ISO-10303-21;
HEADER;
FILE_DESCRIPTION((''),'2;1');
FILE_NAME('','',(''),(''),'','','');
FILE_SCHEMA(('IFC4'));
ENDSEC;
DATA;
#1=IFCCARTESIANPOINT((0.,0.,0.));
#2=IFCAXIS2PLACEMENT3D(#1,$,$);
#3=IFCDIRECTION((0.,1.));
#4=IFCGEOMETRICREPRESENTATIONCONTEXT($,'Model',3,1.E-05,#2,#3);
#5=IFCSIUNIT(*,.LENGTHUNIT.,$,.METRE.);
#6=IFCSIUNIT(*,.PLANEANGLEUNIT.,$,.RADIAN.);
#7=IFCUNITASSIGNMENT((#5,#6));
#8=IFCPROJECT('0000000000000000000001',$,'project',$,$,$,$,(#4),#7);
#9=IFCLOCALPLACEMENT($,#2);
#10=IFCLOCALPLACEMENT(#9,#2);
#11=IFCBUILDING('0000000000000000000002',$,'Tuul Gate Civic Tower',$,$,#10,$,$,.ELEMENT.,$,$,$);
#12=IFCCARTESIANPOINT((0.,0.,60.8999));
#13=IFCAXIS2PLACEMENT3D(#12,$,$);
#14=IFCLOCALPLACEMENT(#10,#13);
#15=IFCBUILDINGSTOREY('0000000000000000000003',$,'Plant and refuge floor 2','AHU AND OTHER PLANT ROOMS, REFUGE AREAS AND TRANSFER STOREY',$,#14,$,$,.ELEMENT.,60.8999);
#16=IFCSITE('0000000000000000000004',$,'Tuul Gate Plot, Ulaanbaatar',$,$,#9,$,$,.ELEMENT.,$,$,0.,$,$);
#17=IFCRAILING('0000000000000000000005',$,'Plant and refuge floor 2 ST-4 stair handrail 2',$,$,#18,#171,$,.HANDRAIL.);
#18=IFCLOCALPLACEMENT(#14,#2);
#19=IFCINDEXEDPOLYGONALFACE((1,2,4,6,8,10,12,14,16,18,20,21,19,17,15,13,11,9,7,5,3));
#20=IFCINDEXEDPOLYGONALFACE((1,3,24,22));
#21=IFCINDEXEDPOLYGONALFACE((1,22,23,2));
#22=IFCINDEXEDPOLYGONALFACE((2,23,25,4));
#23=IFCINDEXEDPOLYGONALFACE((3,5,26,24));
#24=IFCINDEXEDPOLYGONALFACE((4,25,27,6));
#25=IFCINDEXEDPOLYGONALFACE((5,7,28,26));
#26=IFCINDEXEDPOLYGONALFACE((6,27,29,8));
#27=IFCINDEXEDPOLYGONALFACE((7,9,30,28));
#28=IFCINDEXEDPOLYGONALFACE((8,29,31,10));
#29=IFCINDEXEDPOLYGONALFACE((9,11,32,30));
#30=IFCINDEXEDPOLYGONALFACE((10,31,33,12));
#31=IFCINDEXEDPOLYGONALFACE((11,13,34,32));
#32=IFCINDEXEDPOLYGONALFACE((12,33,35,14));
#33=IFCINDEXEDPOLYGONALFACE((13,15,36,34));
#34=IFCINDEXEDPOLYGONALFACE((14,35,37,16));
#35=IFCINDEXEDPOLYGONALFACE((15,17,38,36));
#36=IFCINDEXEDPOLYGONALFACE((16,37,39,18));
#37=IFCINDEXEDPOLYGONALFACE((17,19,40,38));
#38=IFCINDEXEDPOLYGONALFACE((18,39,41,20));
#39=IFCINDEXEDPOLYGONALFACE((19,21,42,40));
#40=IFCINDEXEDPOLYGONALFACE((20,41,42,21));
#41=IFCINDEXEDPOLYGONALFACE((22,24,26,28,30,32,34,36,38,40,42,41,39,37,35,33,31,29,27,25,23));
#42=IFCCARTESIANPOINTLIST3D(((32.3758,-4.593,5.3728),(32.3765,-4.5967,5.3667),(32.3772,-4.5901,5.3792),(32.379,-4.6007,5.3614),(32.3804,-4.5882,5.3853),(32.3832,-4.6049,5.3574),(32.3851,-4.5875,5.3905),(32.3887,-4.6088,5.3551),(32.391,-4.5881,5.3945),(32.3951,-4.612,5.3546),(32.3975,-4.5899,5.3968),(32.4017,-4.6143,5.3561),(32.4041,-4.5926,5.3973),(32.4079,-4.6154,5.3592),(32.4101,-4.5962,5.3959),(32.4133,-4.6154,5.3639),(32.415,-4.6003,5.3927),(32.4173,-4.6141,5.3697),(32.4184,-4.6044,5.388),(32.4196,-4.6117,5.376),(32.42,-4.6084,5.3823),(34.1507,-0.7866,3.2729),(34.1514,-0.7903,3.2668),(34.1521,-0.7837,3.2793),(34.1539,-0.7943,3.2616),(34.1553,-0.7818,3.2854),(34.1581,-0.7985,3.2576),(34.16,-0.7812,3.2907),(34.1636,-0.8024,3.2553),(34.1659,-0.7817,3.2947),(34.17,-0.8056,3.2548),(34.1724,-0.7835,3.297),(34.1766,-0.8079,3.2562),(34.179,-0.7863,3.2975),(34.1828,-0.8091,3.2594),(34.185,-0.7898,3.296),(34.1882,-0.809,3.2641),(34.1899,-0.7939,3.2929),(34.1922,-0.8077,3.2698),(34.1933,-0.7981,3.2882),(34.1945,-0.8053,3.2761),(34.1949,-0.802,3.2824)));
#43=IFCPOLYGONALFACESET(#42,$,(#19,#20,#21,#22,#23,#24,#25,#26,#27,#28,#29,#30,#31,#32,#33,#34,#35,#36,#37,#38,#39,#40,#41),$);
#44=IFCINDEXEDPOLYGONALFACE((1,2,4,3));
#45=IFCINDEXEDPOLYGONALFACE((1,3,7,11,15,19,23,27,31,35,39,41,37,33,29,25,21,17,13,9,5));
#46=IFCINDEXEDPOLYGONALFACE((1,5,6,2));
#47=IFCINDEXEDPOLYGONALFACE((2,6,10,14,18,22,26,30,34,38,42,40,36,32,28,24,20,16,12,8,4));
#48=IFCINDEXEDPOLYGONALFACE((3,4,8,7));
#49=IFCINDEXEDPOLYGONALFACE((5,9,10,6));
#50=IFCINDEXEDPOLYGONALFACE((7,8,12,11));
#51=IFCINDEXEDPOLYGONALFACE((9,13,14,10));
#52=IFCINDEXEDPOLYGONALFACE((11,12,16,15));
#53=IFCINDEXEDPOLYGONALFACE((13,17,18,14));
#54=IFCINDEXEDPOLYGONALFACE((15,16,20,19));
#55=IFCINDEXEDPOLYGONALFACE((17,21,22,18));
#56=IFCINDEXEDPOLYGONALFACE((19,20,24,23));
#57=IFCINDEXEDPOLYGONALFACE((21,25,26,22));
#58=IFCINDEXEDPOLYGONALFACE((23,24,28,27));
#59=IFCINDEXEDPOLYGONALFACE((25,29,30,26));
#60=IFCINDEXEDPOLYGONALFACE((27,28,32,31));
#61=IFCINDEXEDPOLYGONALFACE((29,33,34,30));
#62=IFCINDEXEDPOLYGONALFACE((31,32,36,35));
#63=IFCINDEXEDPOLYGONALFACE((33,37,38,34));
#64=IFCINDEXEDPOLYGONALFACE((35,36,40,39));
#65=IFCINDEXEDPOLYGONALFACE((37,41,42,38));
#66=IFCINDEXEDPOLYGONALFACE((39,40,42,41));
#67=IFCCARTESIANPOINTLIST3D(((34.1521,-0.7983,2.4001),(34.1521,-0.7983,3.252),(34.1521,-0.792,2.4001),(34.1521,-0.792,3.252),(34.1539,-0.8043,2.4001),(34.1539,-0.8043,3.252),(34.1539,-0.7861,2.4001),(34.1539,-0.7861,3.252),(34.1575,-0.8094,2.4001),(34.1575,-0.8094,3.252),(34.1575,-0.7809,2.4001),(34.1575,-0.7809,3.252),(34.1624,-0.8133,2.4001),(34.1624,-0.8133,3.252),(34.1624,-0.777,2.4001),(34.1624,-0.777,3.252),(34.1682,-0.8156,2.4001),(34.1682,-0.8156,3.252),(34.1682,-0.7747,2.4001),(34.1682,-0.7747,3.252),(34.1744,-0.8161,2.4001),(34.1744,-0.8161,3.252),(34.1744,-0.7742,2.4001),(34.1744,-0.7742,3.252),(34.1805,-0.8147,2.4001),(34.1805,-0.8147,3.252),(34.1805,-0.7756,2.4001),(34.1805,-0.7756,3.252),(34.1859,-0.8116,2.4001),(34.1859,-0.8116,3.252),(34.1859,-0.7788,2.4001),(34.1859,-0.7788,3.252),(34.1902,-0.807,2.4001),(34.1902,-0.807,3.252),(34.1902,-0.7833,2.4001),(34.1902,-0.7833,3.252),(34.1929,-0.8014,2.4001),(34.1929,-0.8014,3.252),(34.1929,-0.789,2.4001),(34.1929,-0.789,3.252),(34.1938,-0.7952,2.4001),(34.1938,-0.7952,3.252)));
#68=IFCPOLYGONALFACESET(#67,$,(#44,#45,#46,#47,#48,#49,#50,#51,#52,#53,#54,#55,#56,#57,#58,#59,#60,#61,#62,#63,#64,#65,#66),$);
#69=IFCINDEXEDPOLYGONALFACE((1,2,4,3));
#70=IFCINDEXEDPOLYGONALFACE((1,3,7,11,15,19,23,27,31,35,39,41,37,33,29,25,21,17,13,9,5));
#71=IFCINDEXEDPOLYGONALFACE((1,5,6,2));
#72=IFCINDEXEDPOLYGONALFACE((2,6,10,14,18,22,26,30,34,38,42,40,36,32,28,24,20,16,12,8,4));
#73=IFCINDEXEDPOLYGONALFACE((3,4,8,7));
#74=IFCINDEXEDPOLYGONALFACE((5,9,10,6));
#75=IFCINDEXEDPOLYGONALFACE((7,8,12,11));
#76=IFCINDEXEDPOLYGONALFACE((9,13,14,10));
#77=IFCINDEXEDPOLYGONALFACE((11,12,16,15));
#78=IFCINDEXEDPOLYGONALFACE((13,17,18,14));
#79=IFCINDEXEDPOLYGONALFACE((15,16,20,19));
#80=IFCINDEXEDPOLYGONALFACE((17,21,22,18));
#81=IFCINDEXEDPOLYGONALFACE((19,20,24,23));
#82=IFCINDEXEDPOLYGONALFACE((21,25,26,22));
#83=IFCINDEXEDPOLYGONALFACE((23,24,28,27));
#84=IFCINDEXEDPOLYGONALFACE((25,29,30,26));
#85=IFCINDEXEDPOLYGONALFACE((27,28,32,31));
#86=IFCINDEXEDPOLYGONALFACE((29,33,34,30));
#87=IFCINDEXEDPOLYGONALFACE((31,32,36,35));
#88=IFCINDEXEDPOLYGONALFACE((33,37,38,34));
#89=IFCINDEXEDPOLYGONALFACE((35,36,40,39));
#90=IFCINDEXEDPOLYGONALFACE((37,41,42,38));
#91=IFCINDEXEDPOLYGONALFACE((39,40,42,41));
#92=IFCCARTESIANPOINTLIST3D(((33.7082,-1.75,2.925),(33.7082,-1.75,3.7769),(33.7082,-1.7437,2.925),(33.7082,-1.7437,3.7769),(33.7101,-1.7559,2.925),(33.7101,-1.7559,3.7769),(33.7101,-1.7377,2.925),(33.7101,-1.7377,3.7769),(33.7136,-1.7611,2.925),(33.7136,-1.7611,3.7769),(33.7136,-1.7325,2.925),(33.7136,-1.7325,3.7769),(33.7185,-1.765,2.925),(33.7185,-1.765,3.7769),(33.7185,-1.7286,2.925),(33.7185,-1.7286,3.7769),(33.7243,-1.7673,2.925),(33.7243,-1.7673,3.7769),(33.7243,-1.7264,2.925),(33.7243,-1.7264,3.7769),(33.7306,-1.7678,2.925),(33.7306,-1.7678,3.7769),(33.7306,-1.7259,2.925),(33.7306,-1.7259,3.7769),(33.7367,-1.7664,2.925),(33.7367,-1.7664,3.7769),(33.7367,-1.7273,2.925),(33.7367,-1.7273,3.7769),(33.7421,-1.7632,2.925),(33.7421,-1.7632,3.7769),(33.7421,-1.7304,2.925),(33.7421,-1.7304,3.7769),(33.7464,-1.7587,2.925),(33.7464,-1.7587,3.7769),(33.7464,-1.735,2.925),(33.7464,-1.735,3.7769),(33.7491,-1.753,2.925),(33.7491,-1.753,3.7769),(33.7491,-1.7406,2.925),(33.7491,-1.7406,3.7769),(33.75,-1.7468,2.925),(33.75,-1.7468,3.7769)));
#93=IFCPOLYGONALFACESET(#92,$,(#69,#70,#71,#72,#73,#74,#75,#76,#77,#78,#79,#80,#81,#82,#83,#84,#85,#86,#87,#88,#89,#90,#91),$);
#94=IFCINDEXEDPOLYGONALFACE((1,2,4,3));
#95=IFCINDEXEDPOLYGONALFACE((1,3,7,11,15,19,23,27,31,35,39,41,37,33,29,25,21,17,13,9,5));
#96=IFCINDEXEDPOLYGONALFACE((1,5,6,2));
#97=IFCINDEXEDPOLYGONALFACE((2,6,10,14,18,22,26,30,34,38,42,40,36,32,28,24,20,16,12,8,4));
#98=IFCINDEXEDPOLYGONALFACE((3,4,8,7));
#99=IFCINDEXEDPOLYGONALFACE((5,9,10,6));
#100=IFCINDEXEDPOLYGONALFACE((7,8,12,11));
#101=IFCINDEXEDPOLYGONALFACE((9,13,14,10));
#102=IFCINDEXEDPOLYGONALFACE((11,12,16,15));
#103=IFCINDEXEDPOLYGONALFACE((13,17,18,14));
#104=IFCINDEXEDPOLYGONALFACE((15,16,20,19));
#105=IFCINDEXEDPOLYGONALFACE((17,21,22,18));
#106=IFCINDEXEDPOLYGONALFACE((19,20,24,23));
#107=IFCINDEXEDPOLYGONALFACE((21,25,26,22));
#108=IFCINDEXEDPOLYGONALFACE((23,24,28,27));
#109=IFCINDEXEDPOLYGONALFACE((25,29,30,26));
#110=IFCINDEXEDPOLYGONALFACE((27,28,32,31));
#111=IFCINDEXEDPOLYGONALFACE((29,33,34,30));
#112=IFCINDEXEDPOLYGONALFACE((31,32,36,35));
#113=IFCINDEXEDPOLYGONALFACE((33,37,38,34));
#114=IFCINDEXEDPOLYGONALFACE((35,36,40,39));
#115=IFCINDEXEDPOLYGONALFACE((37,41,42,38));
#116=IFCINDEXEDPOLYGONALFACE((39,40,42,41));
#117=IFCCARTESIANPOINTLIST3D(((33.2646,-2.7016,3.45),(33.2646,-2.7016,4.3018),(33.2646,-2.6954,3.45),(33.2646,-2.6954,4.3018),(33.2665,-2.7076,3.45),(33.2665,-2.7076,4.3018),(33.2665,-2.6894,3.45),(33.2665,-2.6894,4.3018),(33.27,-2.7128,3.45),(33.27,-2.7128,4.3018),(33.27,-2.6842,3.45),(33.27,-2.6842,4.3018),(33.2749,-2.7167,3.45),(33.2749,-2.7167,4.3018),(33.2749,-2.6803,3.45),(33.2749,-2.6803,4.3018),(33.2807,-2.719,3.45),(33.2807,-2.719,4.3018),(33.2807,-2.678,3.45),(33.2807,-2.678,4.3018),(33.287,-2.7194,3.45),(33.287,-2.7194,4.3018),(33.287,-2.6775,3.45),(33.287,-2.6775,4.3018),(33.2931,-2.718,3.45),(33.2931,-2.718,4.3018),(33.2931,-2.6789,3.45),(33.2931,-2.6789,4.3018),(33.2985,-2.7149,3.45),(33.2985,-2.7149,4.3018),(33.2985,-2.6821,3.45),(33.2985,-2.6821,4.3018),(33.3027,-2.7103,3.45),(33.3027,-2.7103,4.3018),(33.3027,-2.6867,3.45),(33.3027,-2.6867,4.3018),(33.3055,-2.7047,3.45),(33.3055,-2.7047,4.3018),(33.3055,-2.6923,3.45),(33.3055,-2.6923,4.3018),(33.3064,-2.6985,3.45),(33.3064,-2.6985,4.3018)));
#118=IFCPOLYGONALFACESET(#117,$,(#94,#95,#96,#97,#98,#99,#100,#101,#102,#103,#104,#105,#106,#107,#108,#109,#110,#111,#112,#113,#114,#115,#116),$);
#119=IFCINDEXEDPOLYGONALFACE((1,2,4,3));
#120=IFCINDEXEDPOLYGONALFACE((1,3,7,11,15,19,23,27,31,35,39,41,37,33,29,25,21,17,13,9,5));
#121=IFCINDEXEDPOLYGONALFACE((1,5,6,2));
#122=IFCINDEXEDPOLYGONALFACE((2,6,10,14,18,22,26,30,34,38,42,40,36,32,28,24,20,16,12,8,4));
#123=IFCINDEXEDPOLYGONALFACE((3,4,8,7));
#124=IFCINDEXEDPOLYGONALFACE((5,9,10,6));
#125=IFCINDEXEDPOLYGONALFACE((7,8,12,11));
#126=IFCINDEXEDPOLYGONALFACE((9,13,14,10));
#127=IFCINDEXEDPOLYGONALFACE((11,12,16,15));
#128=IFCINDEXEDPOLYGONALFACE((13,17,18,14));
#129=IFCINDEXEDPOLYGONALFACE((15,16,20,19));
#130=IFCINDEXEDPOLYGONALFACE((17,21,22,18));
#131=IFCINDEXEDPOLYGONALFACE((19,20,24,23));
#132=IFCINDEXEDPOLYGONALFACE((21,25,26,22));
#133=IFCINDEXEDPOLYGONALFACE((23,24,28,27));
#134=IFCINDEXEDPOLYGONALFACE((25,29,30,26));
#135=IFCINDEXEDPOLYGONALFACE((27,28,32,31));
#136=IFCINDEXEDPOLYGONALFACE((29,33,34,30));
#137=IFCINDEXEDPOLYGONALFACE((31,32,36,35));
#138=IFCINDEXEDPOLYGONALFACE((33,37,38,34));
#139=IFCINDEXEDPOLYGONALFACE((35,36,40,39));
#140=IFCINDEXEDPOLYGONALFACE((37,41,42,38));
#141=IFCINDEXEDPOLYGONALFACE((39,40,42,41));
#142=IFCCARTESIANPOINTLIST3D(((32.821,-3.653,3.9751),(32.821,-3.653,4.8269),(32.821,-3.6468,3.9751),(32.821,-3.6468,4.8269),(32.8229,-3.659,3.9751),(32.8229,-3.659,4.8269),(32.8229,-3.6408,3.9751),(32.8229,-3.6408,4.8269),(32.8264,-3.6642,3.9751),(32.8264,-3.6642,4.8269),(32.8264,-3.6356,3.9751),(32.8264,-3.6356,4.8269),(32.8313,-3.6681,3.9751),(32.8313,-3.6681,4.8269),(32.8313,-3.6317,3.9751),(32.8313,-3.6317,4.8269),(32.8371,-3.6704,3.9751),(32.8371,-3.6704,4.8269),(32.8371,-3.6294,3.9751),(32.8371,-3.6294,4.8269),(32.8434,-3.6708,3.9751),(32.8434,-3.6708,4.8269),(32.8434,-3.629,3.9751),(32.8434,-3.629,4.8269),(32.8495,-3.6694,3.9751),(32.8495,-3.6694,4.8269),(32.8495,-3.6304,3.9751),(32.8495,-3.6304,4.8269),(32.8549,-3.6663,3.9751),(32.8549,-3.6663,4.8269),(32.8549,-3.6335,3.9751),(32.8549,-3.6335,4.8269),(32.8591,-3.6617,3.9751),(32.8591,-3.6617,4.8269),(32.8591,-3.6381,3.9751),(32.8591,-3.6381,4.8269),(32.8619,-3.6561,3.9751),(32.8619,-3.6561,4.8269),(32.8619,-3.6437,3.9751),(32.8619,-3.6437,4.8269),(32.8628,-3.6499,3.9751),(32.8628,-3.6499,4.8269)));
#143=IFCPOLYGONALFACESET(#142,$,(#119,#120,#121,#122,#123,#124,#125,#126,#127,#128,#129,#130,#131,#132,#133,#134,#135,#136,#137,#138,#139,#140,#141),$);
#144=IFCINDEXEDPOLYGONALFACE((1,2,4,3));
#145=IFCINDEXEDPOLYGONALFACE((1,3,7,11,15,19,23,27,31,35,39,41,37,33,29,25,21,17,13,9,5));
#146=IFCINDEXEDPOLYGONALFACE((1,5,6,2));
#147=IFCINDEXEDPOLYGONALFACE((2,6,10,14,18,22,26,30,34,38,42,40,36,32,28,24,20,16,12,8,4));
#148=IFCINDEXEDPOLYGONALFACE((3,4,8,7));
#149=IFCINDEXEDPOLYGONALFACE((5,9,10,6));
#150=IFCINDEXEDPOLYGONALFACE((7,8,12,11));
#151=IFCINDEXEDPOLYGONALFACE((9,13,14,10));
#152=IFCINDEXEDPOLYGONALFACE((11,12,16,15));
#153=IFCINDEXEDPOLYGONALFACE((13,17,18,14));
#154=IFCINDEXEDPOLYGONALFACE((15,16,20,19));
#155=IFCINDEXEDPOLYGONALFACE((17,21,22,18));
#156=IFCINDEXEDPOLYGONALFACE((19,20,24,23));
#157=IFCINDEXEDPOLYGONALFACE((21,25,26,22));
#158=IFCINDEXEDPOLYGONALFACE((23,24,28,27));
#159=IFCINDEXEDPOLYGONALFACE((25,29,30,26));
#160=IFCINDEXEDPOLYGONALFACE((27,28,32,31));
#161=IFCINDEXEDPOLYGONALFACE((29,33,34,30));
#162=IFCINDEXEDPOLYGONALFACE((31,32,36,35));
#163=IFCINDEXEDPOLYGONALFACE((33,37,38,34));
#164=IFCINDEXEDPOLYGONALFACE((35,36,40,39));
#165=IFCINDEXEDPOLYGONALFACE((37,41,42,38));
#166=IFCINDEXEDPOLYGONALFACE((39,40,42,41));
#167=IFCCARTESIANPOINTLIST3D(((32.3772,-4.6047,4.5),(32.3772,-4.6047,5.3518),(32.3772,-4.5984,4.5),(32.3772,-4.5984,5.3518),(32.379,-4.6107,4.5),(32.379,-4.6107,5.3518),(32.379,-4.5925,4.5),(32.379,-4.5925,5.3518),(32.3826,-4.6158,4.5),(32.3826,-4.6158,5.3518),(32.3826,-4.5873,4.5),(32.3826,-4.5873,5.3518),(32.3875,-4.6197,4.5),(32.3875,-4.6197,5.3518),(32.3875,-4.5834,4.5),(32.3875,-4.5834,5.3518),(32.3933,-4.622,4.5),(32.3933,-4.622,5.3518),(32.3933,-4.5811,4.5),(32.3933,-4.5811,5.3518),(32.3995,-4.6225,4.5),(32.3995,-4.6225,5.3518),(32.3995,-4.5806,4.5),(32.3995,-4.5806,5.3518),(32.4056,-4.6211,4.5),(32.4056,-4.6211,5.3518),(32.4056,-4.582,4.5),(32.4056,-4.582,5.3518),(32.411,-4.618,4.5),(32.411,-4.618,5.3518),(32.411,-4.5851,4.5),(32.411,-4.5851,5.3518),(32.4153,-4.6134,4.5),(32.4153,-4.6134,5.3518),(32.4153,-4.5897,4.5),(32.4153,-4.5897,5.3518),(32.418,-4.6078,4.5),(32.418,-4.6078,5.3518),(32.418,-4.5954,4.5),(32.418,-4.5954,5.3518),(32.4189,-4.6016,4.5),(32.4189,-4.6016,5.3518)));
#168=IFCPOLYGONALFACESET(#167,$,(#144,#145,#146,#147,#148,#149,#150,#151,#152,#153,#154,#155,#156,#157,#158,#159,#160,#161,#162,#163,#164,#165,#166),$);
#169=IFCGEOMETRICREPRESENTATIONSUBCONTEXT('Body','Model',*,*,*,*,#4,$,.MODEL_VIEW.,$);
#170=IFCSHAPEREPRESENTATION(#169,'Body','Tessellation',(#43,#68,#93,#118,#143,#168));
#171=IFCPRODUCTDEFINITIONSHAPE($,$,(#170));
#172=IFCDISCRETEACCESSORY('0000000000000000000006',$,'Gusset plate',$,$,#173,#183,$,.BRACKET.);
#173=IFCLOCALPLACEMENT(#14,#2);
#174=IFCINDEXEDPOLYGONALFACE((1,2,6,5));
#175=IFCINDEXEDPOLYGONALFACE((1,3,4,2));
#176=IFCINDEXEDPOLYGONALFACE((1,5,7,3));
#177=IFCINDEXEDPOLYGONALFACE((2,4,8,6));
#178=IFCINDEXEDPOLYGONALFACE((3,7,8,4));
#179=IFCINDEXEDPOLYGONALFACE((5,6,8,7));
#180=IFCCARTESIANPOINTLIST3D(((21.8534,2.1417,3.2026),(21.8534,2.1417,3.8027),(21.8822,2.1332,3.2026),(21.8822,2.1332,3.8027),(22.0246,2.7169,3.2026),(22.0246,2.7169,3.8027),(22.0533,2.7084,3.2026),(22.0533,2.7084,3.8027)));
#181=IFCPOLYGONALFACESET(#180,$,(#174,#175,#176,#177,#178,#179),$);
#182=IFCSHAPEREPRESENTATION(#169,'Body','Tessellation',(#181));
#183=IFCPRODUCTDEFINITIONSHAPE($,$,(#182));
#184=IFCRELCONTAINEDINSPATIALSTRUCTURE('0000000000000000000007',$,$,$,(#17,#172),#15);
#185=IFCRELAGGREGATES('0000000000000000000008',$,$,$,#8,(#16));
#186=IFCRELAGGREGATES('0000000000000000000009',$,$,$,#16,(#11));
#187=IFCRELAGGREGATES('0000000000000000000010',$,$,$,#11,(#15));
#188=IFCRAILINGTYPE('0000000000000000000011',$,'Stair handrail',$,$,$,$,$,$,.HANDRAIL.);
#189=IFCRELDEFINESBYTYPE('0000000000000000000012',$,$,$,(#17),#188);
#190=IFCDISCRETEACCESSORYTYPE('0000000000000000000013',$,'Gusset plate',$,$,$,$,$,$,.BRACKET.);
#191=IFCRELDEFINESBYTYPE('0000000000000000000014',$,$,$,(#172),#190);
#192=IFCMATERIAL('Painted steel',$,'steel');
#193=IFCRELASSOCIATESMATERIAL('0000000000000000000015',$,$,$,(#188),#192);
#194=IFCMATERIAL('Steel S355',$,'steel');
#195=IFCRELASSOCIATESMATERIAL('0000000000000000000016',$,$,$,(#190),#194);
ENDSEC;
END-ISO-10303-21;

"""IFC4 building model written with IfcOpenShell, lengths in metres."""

from ifc_helpers import new_model, si_unit, direction, frame, origin, origin_2d, place, context, subcontext, project, spatial, rectangle, circle, extrude, material, type_object, element, save


model = new_model("IFC4")

# Units and contexts
model_context = context("Model", 3, precision=1e-05, world=origin(), true_north=direction((0.0, 1.0)))
body_context = subcontext(model_context, "Body", "Model", "MODEL_VIEW")
ifc_project = project(units=[si_unit("LENGTHUNIT", "METRE"), si_unit("PLANEANGLEUNIT", "RADIAN")], contexts=[model_context])

# Site, building, storey
site_placement = place(None, origin())
site = spatial("IfcSite", under=ifc_project, at=site_placement, Name="Tuul Gate Plot, Ulaanbaatar", CompositionType="ELEMENT", RefElevation=0.0)
building_placement = place(site_placement, origin())
building = spatial("IfcBuilding", under=site, at=building_placement, Name="Tuul Gate Civic Tower", CompositionType="ELEMENT")
storey_placement = place(building_placement, frame((0.0, 0.0, 60.8999)))
storey = spatial("IfcBuildingStorey", under=building, at=storey_placement, Name="Plant and refuge floor 2", Description="AHU AND OTHER PLANT ROOMS, REFUGE AREAS AND TRANSFER STOREY", CompositionType="ELEMENT", Elevation=60.8999)

# Railing
ifc_material_1 = material(Name="Painted steel", Category="steel")
railing_type = type_object("IfcRailingType", Name="Stair handrail", PredefinedType="HANDRAIL", material=ifc_material_1)
railing_placement = place(storey_placement, frame((34.1729, -0.7952, 2.4001)))
element("IfcRailing", 1, at=railing_placement, inside=storey, type_object=railing_type, Name="Plant and refuge floor 2 ST-4 stair handrail 2", PredefinedType="HANDRAIL", context=body_context, shape_type="SweptSolid", body=[
    extrude(circle(Radius=0.0239, at=origin_2d()), frame((0.0, 0.0, 0.876), z_axis=(-0.377996, -0.810637, 0.447199), x_axis=(0.906312, -0.422609, 0.0)), (0.0, 0.0, 1.0), 4.6956),
    extrude(circle(Radius=0.021, at=origin_2d()), origin(), (0.0, 0.0, 1.0), 0.8518),
    extrude(circle(Radius=0.021, at=origin_2d()), frame((-0.4438, -0.9517, 0.5249)), (0.0, 0.0, 1.0), 0.8518),
    extrude(circle(Radius=0.021, at=origin_2d()), frame((-0.8875, -1.9033, 1.0498)), (0.0, 0.0, 1.0), 0.8518),
    extrude(circle(Radius=0.021, at=origin_2d()), frame((-1.3311, -2.8547, 1.575)), (0.0, 0.0, 1.0), 0.8518),
    extrude(circle(Radius=0.021, at=origin_2d()), frame((-1.7749, -3.8064, 2.0999)), (0.0, 0.0, 1.0), 0.8518),
])

# Discrete accessory
ifc_material_2 = material(Name="Steel S355", Category="steel")
discrete_accessory_type = type_object("IfcDiscreteAccessoryType", Name="Gusset plate", PredefinedType="BRACKET", material=ifc_material_2)
discrete_accessory_placement = place(storey_placement, frame((21.9534, 2.425, 3.2026), z_axis=(0.0, 0.0, 1.0), x_axis=(0.285225, 0.958461, 0.0)))
element("IfcDiscreteAccessory", 2, at=discrete_accessory_placement, inside=storey, type_object=discrete_accessory_type, Name="Gusset plate", PredefinedType="BRACKET", context=body_context, shape_type="SweptSolid", body=[
    extrude(rectangle(XDim=0.6001, YDim=0.03, at=origin_2d()), origin(), (0.0, 0.0, 1.0), 0.6001),
])

save(model, "model.ifc")
